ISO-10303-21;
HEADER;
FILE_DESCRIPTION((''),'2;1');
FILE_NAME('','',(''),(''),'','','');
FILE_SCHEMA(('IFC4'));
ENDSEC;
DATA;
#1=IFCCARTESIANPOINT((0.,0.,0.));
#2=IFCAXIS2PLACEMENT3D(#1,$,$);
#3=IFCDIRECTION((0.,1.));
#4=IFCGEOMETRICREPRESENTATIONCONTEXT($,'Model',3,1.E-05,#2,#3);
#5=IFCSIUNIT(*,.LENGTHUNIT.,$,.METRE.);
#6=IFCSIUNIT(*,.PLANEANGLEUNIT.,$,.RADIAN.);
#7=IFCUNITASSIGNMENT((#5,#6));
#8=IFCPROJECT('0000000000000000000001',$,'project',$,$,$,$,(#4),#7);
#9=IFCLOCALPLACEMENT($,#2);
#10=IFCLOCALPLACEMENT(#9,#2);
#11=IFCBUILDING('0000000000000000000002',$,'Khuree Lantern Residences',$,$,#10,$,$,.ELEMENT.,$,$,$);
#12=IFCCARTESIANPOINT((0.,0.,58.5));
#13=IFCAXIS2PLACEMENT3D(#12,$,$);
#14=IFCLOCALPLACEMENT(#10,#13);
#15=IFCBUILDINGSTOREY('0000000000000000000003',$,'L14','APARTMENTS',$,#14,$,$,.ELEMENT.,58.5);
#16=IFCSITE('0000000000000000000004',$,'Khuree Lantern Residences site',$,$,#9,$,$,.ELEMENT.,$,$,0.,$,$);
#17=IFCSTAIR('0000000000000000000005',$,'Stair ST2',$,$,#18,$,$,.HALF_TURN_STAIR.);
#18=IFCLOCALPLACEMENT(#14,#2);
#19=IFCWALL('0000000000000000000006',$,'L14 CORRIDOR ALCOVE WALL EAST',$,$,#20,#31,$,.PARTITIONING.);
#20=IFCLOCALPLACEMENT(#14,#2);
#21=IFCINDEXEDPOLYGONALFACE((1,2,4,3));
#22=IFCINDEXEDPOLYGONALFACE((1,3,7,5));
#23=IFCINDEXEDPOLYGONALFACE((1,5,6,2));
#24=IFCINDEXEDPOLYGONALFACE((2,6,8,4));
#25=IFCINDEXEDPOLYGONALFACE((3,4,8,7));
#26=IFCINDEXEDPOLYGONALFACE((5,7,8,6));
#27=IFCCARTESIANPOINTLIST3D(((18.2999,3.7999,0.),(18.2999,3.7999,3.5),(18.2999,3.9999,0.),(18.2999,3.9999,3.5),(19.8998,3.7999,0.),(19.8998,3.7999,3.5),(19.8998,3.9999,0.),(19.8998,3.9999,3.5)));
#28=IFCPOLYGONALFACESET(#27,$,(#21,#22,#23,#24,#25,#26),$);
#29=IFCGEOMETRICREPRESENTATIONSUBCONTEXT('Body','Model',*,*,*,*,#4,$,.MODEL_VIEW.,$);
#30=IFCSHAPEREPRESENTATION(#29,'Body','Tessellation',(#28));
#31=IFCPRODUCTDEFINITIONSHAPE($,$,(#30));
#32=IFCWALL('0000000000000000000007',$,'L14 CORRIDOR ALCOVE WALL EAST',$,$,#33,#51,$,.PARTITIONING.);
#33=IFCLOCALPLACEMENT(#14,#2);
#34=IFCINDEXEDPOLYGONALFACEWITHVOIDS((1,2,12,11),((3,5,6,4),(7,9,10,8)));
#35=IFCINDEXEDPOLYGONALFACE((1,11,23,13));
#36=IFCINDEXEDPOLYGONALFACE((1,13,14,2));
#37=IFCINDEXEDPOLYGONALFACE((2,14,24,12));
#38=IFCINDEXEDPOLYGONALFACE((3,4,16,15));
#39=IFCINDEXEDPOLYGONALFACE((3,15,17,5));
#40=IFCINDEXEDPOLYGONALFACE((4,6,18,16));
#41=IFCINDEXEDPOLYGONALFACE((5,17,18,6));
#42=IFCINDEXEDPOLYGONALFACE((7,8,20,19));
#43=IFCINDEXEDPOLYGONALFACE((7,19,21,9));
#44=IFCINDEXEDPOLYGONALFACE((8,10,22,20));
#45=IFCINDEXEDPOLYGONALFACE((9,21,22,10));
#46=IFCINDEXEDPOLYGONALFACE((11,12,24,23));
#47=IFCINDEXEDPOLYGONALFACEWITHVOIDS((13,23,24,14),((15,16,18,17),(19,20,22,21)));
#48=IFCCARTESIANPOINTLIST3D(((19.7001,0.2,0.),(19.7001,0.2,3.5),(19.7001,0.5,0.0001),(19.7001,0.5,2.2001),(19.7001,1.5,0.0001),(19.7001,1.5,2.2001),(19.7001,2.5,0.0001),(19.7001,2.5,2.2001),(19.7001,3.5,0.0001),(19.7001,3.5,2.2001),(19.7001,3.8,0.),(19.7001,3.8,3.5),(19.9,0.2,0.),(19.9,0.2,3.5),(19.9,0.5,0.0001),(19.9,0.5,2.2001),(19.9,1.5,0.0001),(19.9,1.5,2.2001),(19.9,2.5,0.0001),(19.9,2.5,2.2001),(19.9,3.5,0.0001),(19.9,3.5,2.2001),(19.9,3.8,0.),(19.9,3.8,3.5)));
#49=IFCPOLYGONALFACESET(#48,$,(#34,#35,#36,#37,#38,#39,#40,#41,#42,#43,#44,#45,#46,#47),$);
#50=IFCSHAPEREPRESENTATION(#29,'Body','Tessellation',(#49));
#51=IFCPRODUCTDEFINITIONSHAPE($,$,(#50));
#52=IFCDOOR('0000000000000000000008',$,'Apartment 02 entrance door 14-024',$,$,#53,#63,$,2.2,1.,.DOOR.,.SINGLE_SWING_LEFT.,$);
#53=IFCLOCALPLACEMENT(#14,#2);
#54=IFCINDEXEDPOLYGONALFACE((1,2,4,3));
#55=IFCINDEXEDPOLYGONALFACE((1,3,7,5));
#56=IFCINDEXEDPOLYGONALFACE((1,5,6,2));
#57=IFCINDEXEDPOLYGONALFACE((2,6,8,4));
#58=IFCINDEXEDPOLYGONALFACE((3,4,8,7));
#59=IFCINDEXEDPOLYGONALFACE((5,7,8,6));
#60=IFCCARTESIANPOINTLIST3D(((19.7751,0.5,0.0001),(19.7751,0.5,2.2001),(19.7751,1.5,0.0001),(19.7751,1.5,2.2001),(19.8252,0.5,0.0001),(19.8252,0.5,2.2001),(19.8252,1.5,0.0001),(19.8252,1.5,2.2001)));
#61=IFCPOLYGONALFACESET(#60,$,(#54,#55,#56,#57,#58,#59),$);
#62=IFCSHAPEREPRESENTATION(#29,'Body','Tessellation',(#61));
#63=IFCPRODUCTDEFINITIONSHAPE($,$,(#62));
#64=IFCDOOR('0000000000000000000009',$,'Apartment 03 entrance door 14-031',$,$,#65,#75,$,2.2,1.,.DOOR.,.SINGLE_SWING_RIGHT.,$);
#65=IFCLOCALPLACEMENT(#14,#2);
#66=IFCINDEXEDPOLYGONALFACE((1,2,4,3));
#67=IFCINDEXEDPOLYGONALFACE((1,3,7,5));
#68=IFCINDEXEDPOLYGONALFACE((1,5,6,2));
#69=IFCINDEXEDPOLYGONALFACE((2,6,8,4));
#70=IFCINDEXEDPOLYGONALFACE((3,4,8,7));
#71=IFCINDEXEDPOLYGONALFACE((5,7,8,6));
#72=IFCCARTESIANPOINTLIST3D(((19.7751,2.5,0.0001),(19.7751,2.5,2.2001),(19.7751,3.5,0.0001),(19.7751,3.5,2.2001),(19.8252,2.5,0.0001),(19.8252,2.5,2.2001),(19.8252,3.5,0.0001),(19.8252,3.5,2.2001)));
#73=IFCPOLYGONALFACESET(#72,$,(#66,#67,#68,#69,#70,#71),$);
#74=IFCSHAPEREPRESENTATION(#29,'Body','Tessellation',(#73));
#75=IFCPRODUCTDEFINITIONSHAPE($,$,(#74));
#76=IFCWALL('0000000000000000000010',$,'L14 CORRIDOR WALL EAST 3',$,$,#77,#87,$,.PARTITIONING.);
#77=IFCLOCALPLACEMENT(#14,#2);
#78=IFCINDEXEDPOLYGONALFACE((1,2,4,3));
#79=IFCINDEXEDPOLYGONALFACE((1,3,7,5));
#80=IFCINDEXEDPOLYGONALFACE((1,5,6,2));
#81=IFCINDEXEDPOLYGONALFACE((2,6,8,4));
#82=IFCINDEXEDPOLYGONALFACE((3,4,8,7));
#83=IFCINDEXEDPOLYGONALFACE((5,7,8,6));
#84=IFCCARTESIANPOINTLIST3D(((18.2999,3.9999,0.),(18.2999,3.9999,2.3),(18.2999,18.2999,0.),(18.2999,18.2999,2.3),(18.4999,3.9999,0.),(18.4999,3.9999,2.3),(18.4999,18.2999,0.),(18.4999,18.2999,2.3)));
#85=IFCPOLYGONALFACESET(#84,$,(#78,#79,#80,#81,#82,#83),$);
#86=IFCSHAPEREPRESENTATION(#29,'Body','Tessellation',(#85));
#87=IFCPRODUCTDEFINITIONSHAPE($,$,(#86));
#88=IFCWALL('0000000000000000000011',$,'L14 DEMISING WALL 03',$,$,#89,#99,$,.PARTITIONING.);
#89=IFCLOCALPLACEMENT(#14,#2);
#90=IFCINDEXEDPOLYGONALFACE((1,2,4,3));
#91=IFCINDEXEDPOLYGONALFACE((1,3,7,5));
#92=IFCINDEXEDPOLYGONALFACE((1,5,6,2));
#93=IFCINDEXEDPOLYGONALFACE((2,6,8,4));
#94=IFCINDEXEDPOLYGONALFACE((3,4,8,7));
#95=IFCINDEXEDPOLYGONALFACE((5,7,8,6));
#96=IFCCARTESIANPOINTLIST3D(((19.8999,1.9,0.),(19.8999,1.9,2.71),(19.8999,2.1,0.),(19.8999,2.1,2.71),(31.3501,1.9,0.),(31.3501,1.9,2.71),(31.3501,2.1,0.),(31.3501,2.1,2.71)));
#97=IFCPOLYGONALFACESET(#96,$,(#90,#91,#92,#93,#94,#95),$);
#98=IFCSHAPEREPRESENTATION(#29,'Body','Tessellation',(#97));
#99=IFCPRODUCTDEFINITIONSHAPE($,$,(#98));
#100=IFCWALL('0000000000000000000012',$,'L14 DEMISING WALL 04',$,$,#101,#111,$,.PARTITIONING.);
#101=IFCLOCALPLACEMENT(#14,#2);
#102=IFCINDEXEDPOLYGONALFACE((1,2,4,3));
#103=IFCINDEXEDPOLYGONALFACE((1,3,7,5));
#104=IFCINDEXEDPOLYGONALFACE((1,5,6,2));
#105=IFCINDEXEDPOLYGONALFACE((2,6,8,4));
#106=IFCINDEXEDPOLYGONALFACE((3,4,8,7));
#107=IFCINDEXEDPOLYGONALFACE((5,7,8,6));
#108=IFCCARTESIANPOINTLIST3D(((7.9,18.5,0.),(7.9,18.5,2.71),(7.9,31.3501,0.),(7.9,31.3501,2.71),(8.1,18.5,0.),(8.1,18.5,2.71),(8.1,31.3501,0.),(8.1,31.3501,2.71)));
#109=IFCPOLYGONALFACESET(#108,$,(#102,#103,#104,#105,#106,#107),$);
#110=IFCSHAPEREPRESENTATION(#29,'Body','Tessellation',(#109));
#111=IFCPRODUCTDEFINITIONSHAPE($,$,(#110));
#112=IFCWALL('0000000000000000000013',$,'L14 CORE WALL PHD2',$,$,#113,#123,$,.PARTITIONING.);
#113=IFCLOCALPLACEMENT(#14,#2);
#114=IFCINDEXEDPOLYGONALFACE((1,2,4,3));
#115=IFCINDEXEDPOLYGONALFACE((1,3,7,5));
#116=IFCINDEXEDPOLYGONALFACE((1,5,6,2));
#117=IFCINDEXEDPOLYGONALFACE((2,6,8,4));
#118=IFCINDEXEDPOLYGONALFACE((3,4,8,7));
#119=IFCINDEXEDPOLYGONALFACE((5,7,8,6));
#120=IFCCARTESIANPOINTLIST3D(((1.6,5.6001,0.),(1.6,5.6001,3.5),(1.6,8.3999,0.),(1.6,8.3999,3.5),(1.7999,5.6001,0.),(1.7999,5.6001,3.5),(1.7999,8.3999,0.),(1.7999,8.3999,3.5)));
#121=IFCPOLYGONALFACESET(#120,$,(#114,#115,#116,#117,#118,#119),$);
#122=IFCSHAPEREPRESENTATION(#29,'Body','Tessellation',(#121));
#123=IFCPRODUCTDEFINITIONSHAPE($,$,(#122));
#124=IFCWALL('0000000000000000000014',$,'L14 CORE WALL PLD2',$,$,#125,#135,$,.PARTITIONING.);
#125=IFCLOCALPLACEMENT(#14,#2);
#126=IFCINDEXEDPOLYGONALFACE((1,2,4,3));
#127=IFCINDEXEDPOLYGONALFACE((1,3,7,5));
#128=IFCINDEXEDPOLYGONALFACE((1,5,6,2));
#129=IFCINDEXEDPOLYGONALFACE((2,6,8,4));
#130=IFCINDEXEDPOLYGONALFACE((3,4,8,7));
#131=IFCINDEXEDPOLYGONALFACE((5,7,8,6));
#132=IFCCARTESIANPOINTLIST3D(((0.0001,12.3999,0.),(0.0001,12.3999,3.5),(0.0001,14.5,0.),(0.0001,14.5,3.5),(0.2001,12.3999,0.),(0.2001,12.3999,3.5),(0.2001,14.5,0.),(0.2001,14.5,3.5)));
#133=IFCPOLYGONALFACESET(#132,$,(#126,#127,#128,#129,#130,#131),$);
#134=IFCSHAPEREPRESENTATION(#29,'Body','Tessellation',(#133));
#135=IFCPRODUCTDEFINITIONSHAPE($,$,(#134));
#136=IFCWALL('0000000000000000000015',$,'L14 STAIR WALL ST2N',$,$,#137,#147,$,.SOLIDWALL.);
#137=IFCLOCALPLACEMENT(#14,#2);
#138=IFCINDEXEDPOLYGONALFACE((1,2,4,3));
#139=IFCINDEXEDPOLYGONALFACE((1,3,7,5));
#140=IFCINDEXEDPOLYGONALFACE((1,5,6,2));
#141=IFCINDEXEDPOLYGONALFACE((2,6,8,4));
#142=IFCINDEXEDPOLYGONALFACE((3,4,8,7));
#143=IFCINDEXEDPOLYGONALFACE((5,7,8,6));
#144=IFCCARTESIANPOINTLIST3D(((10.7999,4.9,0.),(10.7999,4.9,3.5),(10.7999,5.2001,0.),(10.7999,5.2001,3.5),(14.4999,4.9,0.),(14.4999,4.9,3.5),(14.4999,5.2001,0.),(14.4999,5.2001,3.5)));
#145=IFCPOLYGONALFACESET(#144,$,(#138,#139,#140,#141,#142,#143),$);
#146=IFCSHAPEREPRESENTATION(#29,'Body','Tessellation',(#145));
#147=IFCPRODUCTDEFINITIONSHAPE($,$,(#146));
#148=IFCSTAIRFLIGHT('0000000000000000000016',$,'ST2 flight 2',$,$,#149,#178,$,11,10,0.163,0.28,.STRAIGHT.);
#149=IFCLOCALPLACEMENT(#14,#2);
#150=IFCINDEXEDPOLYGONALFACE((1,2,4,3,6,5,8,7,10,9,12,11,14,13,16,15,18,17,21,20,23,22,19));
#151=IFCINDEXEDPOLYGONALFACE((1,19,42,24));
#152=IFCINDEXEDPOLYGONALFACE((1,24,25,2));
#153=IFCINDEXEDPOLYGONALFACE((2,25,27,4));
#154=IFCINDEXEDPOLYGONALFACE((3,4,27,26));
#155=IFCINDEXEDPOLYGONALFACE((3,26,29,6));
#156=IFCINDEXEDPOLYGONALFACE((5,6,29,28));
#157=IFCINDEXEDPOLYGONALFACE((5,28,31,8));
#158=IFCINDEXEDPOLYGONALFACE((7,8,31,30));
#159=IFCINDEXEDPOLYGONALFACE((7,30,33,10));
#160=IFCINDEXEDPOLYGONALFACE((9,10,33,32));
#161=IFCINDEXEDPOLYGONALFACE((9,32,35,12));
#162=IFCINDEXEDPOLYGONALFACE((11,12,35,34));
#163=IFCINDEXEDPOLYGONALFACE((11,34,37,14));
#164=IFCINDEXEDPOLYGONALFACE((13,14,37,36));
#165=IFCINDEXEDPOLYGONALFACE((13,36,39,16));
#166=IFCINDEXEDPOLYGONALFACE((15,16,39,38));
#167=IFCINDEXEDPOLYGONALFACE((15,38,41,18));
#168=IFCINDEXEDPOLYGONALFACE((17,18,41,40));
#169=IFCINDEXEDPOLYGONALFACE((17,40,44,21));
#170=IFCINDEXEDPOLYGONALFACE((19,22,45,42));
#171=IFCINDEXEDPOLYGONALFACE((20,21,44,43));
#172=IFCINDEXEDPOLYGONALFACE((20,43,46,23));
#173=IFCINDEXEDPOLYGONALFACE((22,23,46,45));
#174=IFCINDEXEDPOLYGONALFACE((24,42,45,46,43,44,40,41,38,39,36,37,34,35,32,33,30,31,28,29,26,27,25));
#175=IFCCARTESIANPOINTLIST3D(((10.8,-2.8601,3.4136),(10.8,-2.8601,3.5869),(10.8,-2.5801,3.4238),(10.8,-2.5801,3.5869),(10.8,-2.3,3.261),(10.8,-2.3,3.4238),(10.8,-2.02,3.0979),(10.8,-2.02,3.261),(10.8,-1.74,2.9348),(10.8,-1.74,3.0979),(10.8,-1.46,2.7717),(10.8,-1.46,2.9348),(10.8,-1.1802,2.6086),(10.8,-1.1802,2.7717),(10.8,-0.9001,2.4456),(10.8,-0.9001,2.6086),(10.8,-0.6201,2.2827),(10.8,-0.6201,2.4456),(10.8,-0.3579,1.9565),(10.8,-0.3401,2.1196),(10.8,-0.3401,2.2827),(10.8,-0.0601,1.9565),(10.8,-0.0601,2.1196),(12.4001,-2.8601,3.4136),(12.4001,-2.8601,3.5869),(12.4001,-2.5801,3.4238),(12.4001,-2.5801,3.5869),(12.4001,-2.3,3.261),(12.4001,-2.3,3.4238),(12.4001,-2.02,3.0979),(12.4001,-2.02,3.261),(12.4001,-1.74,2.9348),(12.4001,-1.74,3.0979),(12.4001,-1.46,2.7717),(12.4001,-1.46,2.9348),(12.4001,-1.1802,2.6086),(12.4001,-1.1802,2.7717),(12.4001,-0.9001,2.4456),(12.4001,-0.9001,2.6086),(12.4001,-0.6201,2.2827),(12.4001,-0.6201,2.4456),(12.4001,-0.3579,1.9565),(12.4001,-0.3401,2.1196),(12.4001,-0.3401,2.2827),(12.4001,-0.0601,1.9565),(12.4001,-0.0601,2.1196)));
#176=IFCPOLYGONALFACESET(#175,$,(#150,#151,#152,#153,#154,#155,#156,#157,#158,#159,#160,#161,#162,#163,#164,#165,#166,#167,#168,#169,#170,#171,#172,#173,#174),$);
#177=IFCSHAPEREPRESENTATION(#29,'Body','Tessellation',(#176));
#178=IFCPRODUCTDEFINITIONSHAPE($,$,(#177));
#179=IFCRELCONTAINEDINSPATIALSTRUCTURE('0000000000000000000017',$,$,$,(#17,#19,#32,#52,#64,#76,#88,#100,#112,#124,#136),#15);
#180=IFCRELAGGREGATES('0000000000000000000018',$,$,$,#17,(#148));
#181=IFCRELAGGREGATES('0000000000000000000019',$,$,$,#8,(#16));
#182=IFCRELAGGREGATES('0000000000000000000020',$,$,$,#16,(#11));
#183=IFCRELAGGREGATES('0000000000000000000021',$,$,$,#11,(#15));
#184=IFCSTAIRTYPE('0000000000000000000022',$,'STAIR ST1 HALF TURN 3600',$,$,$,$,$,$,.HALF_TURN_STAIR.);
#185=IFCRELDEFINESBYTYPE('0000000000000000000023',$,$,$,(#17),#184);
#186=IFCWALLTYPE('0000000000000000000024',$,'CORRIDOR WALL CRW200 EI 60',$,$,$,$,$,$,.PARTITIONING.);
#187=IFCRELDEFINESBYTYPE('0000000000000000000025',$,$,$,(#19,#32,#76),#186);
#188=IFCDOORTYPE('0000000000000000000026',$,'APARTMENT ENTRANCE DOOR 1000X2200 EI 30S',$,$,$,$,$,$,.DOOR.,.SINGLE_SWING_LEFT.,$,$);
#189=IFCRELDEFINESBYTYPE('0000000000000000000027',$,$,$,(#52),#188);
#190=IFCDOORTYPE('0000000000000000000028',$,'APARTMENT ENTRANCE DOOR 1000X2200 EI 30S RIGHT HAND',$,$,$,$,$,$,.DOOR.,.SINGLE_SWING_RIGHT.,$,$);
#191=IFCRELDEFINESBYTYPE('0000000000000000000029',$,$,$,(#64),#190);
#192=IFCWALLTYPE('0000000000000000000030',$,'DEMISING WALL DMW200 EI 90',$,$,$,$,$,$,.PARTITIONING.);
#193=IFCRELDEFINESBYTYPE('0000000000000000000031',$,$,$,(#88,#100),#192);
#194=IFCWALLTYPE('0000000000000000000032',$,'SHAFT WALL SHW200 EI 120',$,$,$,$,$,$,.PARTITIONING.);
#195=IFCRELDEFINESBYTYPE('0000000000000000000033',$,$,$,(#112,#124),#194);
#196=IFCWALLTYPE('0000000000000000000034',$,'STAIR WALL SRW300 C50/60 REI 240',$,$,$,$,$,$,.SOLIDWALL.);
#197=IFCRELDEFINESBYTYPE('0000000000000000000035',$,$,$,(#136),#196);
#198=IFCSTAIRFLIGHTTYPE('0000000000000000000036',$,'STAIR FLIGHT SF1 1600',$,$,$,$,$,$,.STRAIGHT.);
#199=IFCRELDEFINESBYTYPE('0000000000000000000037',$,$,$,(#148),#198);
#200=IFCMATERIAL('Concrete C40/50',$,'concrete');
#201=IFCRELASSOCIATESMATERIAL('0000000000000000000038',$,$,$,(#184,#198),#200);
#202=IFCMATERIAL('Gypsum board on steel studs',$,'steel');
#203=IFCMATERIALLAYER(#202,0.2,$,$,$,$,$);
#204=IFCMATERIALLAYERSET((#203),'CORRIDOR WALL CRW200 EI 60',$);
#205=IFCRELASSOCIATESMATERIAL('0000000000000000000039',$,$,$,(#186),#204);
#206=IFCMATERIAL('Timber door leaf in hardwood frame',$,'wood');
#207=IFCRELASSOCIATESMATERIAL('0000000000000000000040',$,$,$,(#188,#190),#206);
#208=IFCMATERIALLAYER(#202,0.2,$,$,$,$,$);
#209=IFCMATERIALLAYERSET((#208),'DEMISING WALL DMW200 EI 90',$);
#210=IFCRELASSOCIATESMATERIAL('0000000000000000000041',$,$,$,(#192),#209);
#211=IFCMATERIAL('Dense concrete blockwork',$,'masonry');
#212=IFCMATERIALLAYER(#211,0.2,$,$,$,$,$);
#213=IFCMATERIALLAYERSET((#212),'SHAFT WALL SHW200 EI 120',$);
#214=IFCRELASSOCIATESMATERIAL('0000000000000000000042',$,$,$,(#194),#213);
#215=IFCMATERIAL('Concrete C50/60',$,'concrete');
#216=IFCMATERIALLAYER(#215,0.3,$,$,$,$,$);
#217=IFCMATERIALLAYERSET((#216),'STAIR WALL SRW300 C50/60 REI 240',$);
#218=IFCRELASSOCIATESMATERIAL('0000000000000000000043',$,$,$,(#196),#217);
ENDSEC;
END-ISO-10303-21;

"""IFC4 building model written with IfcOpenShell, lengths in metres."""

from ifc_helpers import new_model, si_unit, direction, frame, frame_2d, origin, place, context, subcontext, project, spatial, polyline, rectangle, outline, extrude, material, layer, layer_set, type_object, element, fill, aggregate, save


model = new_model("IFC4")

# Units and contexts
model_context = context("Model", 3, precision=1e-05, world=origin(), true_north=direction((0.0, 1.0)))
body_context = subcontext(model_context, "Body", "Model", "MODEL_VIEW")
ifc_project = project(units=[si_unit("LENGTHUNIT", "METRE"), si_unit("PLANEANGLEUNIT", "RADIAN")], contexts=[model_context])

# Site, building, storey
site_placement = place(None, origin())
site = spatial("IfcSite", under=ifc_project, at=site_placement, Name="Khuree Lantern Residences site", CompositionType="ELEMENT", RefElevation=0.0)
building_placement = place(site_placement, origin())
building = spatial("IfcBuilding", under=site, at=building_placement, Name="Khuree Lantern Residences", CompositionType="ELEMENT")
storey_placement = place(building_placement, frame((0.0, 0.0, 58.5)))
storey = spatial("IfcBuildingStorey", under=building, at=storey_placement, Name="L14", Description="APARTMENTS", CompositionType="ELEMENT", Elevation=58.5)

# Stair
ifc_material_1 = material(Name="Concrete C40/50", Category="concrete")
stair_type = type_object("IfcStairType", Name="STAIR ST1 HALF TURN 3600", PredefinedType="HALF_TURN_STAIR", material=ifc_material_1)
stair_1_placement = place(storey_placement, origin())
stair_1 = element("IfcStair", 1, at=stair_1_placement, inside=storey, type_object=stair_type, Name="Stair ST2", PredefinedType="HALF_TURN_STAIR")

# Wall
ifc_material_2 = material(Name="Dense concrete blockwork", Category="masonry")
ifc_material_3 = material(Name="Gypsum board on steel studs", Category="steel")
ifc_layer_1 = layer(ifc_material_3, 0.2)
ifc_layer_set_1 = layer_set([ifc_layer_1], Name="CORRIDOR WALL CRW200 EI 60")
wall_type_1 = type_object("IfcWallType", Name="CORRIDOR WALL CRW200 EI 60", PredefinedType="PARTITIONING", material=ifc_layer_set_1)
wall_1_placement = place(storey_placement, frame((18.3, 3.8999, 0.0), z_axis=(0.0, 0.0, 1.0), x_axis=(1.0, 0.0, 0.0)))
element("IfcWall", 2, at=wall_1_placement, inside=storey, type_object=wall_type_1, Name="L14 CORRIDOR ALCOVE WALL EAST", PredefinedType="PARTITIONING", context=body_context, shape_type="SweptSolid", body=[
    extrude(rectangle(XDim=1.5999, YDim=0.2, at=frame_2d((0.7998, 0.0))), origin(), (0.0, 0.0, 1.0), 3.5),
])

# Wall, openings, doors
wall_2_placement = place(storey_placement, frame((19.8, 0.2, 0.0), z_axis=(0.0, 0.0, 1.0), x_axis=(0.0, 1.0, 0.0)))
wall_2 = element("IfcWall", 3, at=wall_2_placement, inside=storey, type_object=wall_type_1, Name="L14 CORRIDOR ALCOVE WALL EAST", PredefinedType="PARTITIONING", context=body_context, shape_type="SweptSolid", body=[
    extrude(rectangle(XDim=3.6001, YDim=0.2, at=frame_2d((1.8, 0.0))), origin(), (0.0, 0.0, 1.0), 3.5),
])
opening_1_placement = place(wall_2_placement, frame((0.3, 0.0, 0.0)))
opening_1 = element("IfcOpeningElement", 4, at=opening_1_placement, cuts=wall_2, PredefinedType="OPENING", context=body_context, shape_type="SweptSolid", body=[
    extrude(rectangle(XDim=1.0, YDim=2.2, at=frame_2d((0.5, 1.1001))), frame((0.0, 0.1099, 0.0), z_axis=(0.0, -1.0, 0.0), x_axis=(1.0, 0.0, 0.0)), (0.0, 0.0, 1.0), 0.22),
])
opening_2_placement = place(wall_2_placement, frame((2.3, 0.0, 0.0)))
opening_2 = element("IfcOpeningElement", 5, at=opening_2_placement, cuts=wall_2, PredefinedType="OPENING", context=body_context, shape_type="SweptSolid", body=[
    extrude(rectangle(XDim=1.0, YDim=2.2, at=frame_2d((0.5, 1.1001))), frame((0.0, 0.1099, 0.0), z_axis=(0.0, -1.0, 0.0), x_axis=(1.0, 0.0, 0.0)), (0.0, 0.0, 1.0), 0.22),
])
ifc_material_4 = material(Name="Timber door leaf in hardwood frame", Category="wood")
door_type_1 = type_object("IfcDoorType", Name="APARTMENT ENTRANCE DOOR 1000X2200 EI 30S", OperationType="SINGLE_SWING_LEFT", PredefinedType="DOOR", material=ifc_material_4)
door_1_placement = place(opening_1_placement, origin())
door_1 = element("IfcDoor", 6, at=door_1_placement, inside=storey, type_object=door_type_1, Name="Apartment 02 entrance door 14-024", OperationType="SINGLE_SWING_LEFT", OverallHeight=2.2, OverallWidth=1.0, PredefinedType="DOOR", context=body_context, shape_type="SweptSolid", body=[
    extrude(rectangle(XDim=1.0, YDim=2.2, at=frame_2d((0.5, 1.1001))), frame((0.0, 0.0249, 0.0), z_axis=(0.0, -1.0, 0.0), x_axis=(1.0, 0.0, 0.0)), (0.0, 0.0, 1.0), 0.05),
])
fill(opening_1, door_1)
door_type_2 = type_object("IfcDoorType", Name="APARTMENT ENTRANCE DOOR 1000X2200 EI 30S RIGHT HAND", OperationType="SINGLE_SWING_RIGHT", PredefinedType="DOOR", material=ifc_material_4)
door_2_placement = place(opening_2_placement, origin())
door_2 = element("IfcDoor", 7, at=door_2_placement, inside=storey, type_object=door_type_2, Name="Apartment 03 entrance door 14-031", OperationType="SINGLE_SWING_RIGHT", OverallHeight=2.2, OverallWidth=1.0, PredefinedType="DOOR", context=body_context, shape_type="SweptSolid", body=[
    extrude(rectangle(XDim=1.0, YDim=2.2, at=frame_2d((0.5, 1.1001))), frame((0.0, 0.0249, 0.0), z_axis=(0.0, -1.0, 0.0), x_axis=(1.0, 0.0, 0.0)), (0.0, 0.0, 1.0), 0.05),
])
fill(opening_2, door_2)

# Walls
wall_3_placement = place(storey_placement, frame((18.3999, 4.0, 0.0), z_axis=(0.0, 0.0, 1.0), x_axis=(0.0, 1.0, 0.0)))
element("IfcWall", 8, at=wall_3_placement, inside=storey, type_object=wall_type_1, Name="L14 CORRIDOR WALL EAST 3", PredefinedType="PARTITIONING", context=body_context, shape_type="SweptSolid", body=[
    extrude(rectangle(XDim=14.3, YDim=0.2, at=frame_2d((7.1499, 0.0))), origin(), (0.0, 0.0, 1.0), 2.3),
])
ifc_layer_2 = layer(ifc_material_3, 0.2)
ifc_layer_set_2 = layer_set([ifc_layer_2], Name="DEMISING WALL DMW200 EI 90")
wall_type_2 = type_object("IfcWallType", Name="DEMISING WALL DMW200 EI 90", PredefinedType="PARTITIONING", material=ifc_layer_set_2)
wall_4_placement = place(storey_placement, frame((19.8999, 2.0, 0.0), z_axis=(0.0, 0.0, 1.0), x_axis=(1.0, 0.0, 0.0)))
element("IfcWall", 9, at=wall_4_placement, inside=storey, type_object=wall_type_2, Name="L14 DEMISING WALL 03", PredefinedType="PARTITIONING", context=body_context, shape_type="SweptSolid", body=[
    extrude(rectangle(XDim=11.4502, YDim=0.2, at=frame_2d((5.7251, 0.0))), origin(), (0.0, 0.0, 1.0), 2.71),
])
wall_5_placement = place(storey_placement, frame((8.0, 18.5, 0.0), z_axis=(0.0, 0.0, 1.0), x_axis=(0.0, 1.0, 0.0)))
element("IfcWall", 10, at=wall_5_placement, inside=storey, type_object=wall_type_2, Name="L14 DEMISING WALL 04", PredefinedType="PARTITIONING", context=body_context, shape_type="SweptSolid", body=[
    extrude(rectangle(XDim=12.8501, YDim=0.2, at=frame_2d((6.425, 0.0))), origin(), (0.0, 0.0, 1.0), 2.71),
])
ifc_layer_3 = layer(ifc_material_2, 0.2)
ifc_layer_set_3 = layer_set([ifc_layer_3], Name="SHAFT WALL SHW200 EI 120")
wall_type_3 = type_object("IfcWallType", Name="SHAFT WALL SHW200 EI 120", PredefinedType="PARTITIONING", material=ifc_layer_set_3)
wall_6_placement = place(storey_placement, frame((1.7, 5.6001, 0.0), z_axis=(0.0, 0.0, 1.0), x_axis=(0.0, 1.0, 0.0)))
element("IfcWall", 11, at=wall_6_placement, inside=storey, type_object=wall_type_3, Name="L14 CORE WALL PHD2", PredefinedType="PARTITIONING", context=body_context, shape_type="SweptSolid", body=[
    extrude(rectangle(XDim=2.7998, YDim=0.2, at=frame_2d((1.3999, 0.0))), origin(), (0.0, 0.0, 1.0), 3.5),
])
wall_7_placement = place(storey_placement, frame((0.1001, 12.3999, 0.0), z_axis=(0.0, 0.0, 1.0), x_axis=(0.0, 1.0, 0.0)))
element("IfcWall", 12, at=wall_7_placement, inside=storey, type_object=wall_type_3, Name="L14 CORE WALL PLD2", PredefinedType="PARTITIONING", context=body_context, shape_type="SweptSolid", body=[
    extrude(rectangle(XDim=2.1001, YDim=0.2, at=frame_2d((1.05, 0.0))), origin(), (0.0, 0.0, 1.0), 3.5),
])
ifc_material_5 = material(Name="Concrete C50/60", Category="concrete")
ifc_layer_4 = layer(ifc_material_5, 0.3)
ifc_layer_set_4 = layer_set([ifc_layer_4], Name="STAIR WALL SRW300 C50/60 REI 240")
wall_type_4 = type_object("IfcWallType", Name="STAIR WALL SRW300 C50/60 REI 240", PredefinedType="SOLIDWALL", material=ifc_layer_set_4)
wall_8_placement = place(storey_placement, frame((14.5, 5.05, 0.0), z_axis=(0.0, 0.0, 1.0), x_axis=(-1.0, 0.0, 0.0)))
element("IfcWall", 13, at=wall_8_placement, inside=storey, type_object=wall_type_4, Name="L14 STAIR WALL ST2N", PredefinedType="SOLIDWALL", context=body_context, shape_type="SweptSolid", body=[
    extrude(rectangle(XDim=3.7, YDim=0.3, at=frame_2d((1.8501, 0.0))), origin(), (0.0, 0.0, 1.0), 3.5),
])

# Stair flight
stair_flight_type = type_object("IfcStairFlightType", Name="STAIR FLIGHT SF1 1600", PredefinedType="STRAIGHT", material=ifc_material_1)
stair_flight_placement = place(storey_placement, frame((11.6001, -0.0601, 1.9565), z_axis=(0.0, 0.0, 1.0), x_axis=(0.0, -1.0, 0.0)))
stair_flight = element("IfcStairFlight", 14, at=stair_flight_placement, type_object=stair_flight_type, Name="ST2 flight 2", NumberOfRisers=11, NumberOfTreads=10, PredefinedType="STRAIGHT", RiserHeight=0.163, TreadLength=0.28, context=body_context, shape_type="SweptSolid", body=[
    extrude(outline(polyline([(0.0, 0.0), (0.0, 0.1631), (0.28, 0.1631), (0.28, 0.3262), (0.5601, 0.3262), (0.5601, 0.489), (0.8401, 0.489), (0.8401, 0.6521), (1.1201, 0.6521), (1.1201, 0.8152), (1.3999, 0.8152), (1.3999, 0.9783), (1.6799, 0.9783), (1.6799, 1.1414), (1.96, 1.1414), (1.96, 1.3044), (2.24, 1.3044), (2.24, 1.4673), (2.52, 1.4673), (2.52, 1.6304), (2.8, 1.6304), (2.8, 1.7935), (2.8, 1.457), (0.2979, 0.0), (0.0, 0.0)])), frame((0.0, 0.8, 0.0), z_axis=(0.0, -1.0, 0.0), x_axis=(1.0, 0.0, 0.0)), (0.0, 0.0, 1.0), 1.6001),
])
aggregate(stair_1, [stair_flight])

save(model, "model.ifc")
